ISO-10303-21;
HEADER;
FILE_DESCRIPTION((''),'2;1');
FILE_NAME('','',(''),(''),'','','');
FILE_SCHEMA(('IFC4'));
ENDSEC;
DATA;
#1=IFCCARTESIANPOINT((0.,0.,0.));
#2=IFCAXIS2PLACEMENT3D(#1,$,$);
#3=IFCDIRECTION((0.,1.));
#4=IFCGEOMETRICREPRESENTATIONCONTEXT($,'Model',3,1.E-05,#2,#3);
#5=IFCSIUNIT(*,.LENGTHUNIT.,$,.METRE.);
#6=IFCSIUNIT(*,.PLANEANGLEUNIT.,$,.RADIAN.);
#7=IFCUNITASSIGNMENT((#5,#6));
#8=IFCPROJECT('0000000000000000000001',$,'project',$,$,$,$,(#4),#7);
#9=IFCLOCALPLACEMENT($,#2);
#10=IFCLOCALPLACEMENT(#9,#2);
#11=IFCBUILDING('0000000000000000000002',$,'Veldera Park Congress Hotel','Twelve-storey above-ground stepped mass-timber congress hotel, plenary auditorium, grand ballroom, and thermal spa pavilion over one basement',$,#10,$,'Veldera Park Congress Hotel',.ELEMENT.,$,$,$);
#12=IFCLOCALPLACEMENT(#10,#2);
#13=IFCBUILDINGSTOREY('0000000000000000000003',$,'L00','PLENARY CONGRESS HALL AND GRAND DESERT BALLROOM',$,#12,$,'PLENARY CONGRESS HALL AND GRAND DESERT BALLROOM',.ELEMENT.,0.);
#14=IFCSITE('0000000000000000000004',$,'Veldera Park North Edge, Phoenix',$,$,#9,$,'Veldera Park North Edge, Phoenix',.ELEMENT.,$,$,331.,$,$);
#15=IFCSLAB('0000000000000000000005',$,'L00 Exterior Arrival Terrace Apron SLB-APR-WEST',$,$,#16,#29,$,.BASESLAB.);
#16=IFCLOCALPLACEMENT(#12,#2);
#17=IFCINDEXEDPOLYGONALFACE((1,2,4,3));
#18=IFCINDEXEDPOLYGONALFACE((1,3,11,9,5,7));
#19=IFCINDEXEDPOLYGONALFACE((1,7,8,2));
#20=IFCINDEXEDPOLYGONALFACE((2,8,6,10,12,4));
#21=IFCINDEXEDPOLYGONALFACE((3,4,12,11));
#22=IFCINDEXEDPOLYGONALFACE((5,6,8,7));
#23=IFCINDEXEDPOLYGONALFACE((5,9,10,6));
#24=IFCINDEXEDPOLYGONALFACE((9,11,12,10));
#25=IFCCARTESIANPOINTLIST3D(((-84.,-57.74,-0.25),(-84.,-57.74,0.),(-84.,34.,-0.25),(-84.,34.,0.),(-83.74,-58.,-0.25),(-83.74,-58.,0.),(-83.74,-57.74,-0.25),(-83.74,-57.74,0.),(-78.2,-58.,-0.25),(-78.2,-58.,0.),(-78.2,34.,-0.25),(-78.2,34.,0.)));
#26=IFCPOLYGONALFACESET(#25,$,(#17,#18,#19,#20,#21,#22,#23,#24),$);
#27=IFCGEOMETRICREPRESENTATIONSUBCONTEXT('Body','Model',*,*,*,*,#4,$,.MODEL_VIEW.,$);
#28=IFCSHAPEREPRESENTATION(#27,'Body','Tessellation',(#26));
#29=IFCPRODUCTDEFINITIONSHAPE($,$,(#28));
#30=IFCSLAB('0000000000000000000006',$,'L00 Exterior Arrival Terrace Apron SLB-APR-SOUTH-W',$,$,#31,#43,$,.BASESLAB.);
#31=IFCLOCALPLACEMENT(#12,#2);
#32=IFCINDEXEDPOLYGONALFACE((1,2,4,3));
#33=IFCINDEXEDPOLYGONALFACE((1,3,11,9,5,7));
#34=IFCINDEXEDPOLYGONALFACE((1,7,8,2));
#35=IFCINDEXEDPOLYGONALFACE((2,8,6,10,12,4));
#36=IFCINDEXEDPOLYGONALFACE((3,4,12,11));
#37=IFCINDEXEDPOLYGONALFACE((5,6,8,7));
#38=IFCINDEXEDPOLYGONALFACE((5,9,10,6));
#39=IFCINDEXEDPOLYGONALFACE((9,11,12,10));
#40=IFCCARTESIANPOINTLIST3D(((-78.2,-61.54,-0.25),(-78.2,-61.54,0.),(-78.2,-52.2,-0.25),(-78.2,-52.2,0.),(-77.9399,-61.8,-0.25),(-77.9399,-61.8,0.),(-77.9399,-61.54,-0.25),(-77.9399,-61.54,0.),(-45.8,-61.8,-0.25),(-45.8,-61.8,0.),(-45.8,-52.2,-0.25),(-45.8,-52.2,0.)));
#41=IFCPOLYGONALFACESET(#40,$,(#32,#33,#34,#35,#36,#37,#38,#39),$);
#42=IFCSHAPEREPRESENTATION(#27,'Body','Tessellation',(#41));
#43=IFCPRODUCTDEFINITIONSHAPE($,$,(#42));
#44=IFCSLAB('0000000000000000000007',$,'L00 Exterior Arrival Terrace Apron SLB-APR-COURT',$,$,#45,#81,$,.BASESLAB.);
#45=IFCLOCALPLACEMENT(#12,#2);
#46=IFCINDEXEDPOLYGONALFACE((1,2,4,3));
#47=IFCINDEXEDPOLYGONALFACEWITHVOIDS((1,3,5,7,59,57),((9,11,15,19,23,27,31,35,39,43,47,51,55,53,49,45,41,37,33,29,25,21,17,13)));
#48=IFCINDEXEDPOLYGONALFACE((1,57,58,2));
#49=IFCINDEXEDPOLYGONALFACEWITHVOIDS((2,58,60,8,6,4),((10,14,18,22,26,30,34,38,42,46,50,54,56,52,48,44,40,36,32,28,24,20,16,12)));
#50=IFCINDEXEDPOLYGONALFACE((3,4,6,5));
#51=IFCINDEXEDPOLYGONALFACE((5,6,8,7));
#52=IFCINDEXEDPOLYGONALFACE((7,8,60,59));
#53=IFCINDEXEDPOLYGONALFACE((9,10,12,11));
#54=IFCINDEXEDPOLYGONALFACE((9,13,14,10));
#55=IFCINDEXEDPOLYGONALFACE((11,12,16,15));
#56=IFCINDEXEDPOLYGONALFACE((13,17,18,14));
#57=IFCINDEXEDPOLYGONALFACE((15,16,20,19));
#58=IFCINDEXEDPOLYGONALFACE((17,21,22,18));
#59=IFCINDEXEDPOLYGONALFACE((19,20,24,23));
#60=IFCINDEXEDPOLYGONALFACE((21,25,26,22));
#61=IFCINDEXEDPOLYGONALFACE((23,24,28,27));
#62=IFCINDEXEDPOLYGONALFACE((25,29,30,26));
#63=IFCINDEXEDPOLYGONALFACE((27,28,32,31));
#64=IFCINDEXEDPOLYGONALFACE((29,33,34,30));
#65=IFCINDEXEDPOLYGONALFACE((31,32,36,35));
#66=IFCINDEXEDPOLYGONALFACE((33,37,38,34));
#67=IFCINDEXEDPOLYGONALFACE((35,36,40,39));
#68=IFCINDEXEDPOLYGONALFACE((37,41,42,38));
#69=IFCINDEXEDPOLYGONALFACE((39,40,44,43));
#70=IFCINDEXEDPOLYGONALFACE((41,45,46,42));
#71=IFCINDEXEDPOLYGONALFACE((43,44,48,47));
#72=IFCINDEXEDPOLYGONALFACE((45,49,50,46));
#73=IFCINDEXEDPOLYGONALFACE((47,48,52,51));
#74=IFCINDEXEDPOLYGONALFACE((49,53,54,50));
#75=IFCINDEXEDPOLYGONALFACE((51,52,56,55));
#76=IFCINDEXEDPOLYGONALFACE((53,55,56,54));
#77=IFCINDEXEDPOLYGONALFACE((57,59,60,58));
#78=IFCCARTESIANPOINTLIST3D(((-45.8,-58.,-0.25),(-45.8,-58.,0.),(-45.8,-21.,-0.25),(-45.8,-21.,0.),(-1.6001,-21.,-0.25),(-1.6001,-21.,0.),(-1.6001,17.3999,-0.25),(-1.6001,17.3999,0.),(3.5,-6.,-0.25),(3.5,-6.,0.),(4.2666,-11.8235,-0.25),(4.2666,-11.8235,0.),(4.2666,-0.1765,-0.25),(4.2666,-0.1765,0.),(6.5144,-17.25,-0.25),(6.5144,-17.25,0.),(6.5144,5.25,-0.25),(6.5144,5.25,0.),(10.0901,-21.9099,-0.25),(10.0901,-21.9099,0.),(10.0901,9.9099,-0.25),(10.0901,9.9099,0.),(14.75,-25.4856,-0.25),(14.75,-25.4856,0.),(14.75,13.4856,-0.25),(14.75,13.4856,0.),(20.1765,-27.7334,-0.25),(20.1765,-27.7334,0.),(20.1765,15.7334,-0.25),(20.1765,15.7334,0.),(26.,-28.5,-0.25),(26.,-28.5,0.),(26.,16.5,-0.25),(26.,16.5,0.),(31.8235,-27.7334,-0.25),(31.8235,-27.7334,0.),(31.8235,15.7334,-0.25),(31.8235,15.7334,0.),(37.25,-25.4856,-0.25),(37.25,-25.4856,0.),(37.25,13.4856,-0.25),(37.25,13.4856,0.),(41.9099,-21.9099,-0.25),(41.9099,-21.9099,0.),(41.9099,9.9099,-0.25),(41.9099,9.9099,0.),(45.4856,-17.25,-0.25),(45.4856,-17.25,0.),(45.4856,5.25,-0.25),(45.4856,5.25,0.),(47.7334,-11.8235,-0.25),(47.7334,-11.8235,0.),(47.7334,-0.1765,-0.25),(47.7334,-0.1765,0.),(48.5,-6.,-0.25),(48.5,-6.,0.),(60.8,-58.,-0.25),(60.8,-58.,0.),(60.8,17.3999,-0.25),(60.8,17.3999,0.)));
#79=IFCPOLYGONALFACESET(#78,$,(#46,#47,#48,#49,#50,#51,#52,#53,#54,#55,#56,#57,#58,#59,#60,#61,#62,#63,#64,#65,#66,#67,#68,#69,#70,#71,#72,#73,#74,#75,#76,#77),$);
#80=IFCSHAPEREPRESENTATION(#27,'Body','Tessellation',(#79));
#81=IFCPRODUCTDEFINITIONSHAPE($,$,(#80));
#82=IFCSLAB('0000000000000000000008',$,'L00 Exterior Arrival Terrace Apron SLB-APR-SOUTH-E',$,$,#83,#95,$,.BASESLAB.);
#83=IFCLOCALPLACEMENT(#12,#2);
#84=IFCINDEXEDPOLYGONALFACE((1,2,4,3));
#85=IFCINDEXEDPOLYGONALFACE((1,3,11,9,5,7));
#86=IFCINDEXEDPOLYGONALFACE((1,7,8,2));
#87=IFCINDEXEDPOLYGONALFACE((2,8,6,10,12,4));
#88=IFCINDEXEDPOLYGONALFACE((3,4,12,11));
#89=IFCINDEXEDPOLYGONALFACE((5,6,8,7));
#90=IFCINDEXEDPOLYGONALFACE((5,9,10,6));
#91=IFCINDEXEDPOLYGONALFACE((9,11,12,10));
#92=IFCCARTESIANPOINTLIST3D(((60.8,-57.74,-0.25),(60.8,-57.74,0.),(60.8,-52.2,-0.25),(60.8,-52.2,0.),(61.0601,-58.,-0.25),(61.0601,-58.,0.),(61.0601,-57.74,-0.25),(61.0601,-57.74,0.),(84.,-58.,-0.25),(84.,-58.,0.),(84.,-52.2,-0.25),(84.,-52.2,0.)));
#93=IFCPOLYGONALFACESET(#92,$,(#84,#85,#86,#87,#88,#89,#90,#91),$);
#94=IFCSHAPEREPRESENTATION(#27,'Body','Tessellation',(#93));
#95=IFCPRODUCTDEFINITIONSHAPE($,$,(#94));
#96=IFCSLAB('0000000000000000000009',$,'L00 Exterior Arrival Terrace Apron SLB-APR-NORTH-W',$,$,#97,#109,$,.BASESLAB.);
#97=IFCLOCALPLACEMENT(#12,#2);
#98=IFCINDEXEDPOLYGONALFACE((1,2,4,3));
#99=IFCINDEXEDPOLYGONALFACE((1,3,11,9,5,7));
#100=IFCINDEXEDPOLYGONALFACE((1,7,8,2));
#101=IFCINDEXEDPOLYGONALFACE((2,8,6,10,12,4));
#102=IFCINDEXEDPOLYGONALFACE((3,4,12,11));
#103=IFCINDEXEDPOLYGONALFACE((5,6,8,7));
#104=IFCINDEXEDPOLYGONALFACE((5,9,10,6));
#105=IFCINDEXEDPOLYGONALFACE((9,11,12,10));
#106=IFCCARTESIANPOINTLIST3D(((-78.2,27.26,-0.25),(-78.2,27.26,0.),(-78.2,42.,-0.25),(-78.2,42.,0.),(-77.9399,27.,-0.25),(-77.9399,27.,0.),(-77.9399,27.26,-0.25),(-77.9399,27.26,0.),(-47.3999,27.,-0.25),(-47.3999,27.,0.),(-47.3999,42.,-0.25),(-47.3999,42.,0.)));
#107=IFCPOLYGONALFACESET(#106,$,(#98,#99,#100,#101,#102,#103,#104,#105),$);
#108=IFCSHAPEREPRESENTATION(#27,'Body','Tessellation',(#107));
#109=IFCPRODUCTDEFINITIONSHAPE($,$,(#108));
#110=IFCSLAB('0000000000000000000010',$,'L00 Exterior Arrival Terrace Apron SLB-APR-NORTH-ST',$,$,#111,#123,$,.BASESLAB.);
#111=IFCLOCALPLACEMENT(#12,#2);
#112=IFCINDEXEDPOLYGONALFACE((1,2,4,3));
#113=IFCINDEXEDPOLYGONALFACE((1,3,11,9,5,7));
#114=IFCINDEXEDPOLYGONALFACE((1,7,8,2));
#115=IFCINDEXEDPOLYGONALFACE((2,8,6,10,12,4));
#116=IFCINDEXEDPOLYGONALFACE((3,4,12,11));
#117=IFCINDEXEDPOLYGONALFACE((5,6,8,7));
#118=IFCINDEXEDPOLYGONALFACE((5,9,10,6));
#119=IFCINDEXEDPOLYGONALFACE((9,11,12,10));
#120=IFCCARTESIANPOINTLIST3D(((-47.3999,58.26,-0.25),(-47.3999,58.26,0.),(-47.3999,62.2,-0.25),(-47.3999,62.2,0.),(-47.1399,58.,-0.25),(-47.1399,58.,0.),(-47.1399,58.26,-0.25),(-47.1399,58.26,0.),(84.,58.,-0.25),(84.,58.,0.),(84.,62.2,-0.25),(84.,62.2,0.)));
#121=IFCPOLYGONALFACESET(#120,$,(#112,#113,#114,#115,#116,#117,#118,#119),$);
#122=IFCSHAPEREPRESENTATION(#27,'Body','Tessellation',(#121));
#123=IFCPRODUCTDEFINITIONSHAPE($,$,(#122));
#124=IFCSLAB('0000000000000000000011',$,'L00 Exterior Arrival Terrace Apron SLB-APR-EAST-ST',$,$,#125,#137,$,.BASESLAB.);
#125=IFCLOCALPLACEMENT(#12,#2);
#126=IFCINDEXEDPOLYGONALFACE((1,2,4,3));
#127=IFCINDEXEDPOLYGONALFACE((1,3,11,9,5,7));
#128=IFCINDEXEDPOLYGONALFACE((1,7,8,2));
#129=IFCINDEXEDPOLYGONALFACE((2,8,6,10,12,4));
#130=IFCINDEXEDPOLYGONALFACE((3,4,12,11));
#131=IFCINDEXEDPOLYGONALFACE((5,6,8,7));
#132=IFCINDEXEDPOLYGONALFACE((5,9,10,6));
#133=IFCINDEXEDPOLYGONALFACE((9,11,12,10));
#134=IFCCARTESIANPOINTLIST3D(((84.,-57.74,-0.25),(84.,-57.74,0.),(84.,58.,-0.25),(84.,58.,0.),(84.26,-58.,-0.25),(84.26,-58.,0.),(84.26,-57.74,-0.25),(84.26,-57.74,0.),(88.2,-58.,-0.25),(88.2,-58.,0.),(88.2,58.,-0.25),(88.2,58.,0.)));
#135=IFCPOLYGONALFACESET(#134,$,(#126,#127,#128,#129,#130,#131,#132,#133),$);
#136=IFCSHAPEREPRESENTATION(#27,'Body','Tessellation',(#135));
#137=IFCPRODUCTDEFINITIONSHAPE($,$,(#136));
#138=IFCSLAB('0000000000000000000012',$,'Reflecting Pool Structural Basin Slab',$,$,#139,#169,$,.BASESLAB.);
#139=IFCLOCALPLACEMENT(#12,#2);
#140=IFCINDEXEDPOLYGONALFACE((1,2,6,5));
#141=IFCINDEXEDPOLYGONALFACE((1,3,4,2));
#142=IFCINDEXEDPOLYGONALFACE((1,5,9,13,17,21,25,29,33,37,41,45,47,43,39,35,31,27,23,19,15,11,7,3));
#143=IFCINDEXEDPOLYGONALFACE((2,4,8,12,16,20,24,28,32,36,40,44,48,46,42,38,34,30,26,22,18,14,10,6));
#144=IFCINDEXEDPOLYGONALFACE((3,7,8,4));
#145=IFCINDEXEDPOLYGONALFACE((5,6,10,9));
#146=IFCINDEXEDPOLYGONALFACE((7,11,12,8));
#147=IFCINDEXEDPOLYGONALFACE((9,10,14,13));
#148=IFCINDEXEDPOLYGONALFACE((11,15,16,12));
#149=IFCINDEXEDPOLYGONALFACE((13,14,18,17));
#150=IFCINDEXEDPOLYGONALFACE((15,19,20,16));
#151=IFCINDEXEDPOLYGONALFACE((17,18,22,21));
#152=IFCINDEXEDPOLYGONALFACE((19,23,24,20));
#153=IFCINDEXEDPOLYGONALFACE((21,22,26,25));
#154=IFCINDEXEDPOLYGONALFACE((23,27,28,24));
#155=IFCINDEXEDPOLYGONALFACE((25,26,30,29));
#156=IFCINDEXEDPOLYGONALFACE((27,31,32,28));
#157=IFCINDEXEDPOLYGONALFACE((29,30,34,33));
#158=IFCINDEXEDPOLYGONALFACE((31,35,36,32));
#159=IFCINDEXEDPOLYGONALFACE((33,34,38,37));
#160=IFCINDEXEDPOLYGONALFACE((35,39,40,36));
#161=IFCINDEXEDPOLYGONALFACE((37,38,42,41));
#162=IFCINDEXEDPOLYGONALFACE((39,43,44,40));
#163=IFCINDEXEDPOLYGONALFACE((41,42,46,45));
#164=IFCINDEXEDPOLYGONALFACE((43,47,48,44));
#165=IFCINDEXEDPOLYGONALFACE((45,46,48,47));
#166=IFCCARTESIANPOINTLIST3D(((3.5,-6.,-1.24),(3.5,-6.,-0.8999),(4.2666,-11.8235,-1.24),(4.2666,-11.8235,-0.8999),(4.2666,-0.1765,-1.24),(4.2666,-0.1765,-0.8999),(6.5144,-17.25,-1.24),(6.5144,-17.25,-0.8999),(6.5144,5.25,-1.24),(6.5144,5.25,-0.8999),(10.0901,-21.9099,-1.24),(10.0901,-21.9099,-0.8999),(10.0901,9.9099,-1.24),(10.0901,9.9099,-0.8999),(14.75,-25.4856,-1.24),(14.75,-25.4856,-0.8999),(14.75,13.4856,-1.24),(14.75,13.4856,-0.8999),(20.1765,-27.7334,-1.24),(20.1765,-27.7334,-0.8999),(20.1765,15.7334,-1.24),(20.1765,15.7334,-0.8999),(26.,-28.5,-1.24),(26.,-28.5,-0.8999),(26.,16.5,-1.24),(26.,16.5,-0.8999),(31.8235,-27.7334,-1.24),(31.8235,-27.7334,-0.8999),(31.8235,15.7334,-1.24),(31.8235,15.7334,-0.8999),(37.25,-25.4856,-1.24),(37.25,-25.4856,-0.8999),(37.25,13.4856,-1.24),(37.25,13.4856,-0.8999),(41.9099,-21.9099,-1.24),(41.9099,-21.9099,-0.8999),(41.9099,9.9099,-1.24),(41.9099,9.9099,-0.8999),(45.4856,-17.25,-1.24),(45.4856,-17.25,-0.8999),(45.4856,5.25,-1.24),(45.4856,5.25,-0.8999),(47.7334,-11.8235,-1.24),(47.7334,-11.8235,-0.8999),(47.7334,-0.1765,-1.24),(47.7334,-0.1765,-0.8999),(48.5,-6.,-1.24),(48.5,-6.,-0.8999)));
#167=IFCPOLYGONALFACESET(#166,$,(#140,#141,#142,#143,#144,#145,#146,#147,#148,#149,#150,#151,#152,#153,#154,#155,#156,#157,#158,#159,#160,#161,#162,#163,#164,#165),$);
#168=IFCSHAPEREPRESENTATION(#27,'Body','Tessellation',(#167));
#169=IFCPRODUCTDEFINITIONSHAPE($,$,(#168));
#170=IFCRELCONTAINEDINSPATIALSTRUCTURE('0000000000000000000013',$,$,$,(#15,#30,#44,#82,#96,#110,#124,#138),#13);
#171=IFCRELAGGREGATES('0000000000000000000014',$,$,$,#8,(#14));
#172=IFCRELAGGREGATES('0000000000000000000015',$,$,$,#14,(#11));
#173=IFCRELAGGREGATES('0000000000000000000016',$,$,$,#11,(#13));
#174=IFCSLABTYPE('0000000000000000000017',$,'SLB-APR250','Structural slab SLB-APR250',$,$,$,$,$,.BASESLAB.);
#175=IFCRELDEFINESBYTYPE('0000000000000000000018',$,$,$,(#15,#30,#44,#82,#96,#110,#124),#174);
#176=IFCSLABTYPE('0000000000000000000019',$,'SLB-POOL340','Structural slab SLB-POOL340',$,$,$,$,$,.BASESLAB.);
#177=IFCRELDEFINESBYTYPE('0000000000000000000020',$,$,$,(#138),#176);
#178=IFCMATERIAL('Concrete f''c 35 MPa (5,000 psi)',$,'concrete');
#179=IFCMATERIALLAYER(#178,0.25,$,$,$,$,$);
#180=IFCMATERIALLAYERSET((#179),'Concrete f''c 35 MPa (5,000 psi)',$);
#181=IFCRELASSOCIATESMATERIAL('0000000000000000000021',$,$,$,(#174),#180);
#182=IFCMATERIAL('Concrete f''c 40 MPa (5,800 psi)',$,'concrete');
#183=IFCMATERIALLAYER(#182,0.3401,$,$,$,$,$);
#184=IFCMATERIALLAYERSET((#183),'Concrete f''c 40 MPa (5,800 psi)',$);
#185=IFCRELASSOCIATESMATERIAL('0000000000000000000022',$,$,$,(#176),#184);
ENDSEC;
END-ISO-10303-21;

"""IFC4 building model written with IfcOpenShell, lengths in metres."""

from ifc_helpers import new_model, si_unit, direction, frame, origin, place, context, subcontext, project, spatial, polyline, outline, extrude, material, layer, layer_set, type_object, element, save


model = new_model("IFC4")

# Units and contexts
model_context = context("Model", 3, precision=1e-05, world=origin(), true_north=direction((0.0, 1.0)))
body_context = subcontext(model_context, "Body", "Model", "MODEL_VIEW")
ifc_project = project(units=[si_unit("LENGTHUNIT", "METRE"), si_unit("PLANEANGLEUNIT", "RADIAN")], contexts=[model_context])

# Site, building, storey
site_placement = place(None, origin())
site = spatial("IfcSite", under=ifc_project, at=site_placement, Name="Veldera Park North Edge, Phoenix", LongName="Veldera Park North Edge, Phoenix", CompositionType="ELEMENT", RefElevation=331.0)
building_placement = place(site_placement, origin())
building = spatial("IfcBuilding", under=site, at=building_placement, Name="Veldera Park Congress Hotel", Description="Twelve-storey above-ground stepped mass-timber congress hotel, plenary auditorium, grand ballroom, and thermal spa pavilion over one basement", LongName="Veldera Park Congress Hotel", CompositionType="ELEMENT")
storey_placement = place(building_placement, origin())
storey = spatial("IfcBuildingStorey", under=building, at=storey_placement, Name="L00", Description="PLENARY CONGRESS HALL AND GRAND DESERT BALLROOM", LongName="PLENARY CONGRESS HALL AND GRAND DESERT BALLROOM", CompositionType="ELEMENT", Elevation=0.0)

# Shared definitions
ifc_material_1 = material(Name="Concrete f'c 40 MPa (5,800 psi)", Category="concrete")

# Slabs
ifc_material_2 = material(Name="Concrete f'c 35 MPa (5,000 psi)", Category="concrete")
ifc_layer_1 = layer(ifc_material_2, 0.25)
ifc_layer_set_1 = layer_set([ifc_layer_1], Name="Concrete f'c 35 MPa (5,000 psi)")
slab_type_1 = type_object("IfcSlabType", Name="SLB-APR250", Description="Structural slab SLB-APR250", PredefinedType="BASESLAB", material=ifc_layer_set_1)
slab_1_placement = place(storey_placement, frame((0.0, 0.0, -0.25)))
element("IfcSlab", 1, at=slab_1_placement, inside=storey, type_object=slab_type_1, Name="L00 Exterior Arrival Terrace Apron SLB-APR-WEST", PredefinedType="BASESLAB", context=body_context, shape_type="SweptSolid", body=[
    extrude(outline(polyline([(-84.0, -57.74), (-83.74, -57.74), (-83.74, -58.0), (-78.2, -58.0), (-78.2, 34.0), (-84.0, 34.0), (-84.0, -57.74)])), origin(), (0.0, 0.0, 1.0), 0.25),
])
slab_2_placement = place(storey_placement, frame((0.0, 0.0, -0.25)))
element("IfcSlab", 2, at=slab_2_placement, inside=storey, type_object=slab_type_1, Name="L00 Exterior Arrival Terrace Apron SLB-APR-SOUTH-W", PredefinedType="BASESLAB", context=body_context, shape_type="SweptSolid", body=[
    extrude(outline(polyline([(-78.2, -61.54), (-77.9399, -61.54), (-77.9399, -61.8), (-45.8, -61.8), (-45.8, -52.2), (-78.2, -52.2), (-78.2, -61.54)])), origin(), (0.0, 0.0, 1.0), 0.25),
])
slab_3_placement = place(storey_placement, frame((0.0, 0.0, -0.25)))
element("IfcSlab", 3, at=slab_3_placement, inside=storey, type_object=slab_type_1, Name="L00 Exterior Arrival Terrace Apron SLB-APR-COURT", PredefinedType="BASESLAB", context=body_context, shape_type="SweptSolid", body=[
    extrude(outline(polyline([(-45.8, -58.0), (60.8, -58.0), (60.8, 17.3999), (-1.6001, 17.3999), (-1.6001, -21.0), (-45.8, -21.0), (-45.8, -58.0)]), holes=[polyline([(48.5, -6.0), (47.7334, -0.1765), (45.4856, 5.25), (41.9099, 9.9099), (37.25, 13.4856), (31.8235, 15.7334), (26.0, 16.5), (20.1765, 15.7334), (14.75, 13.4856), (10.0901, 9.9099), (6.5144, 5.25), (4.2666, -0.1765), (3.5, -6.0), (4.2666, -11.8235), (6.5144, -17.25), (10.0901, -21.9099), (14.75, -25.4856), (20.1765, -27.7334), (26.0, -28.5), (31.8235, -27.7334), (37.25, -25.4856), (41.9099, -21.9099), (45.4856, -17.25), (47.7334, -11.8235), (48.5, -6.0)])]), origin(), (0.0, 0.0, 1.0), 0.25),
])
slab_4_placement = place(storey_placement, frame((0.0, 0.0, -0.25)))
element("IfcSlab", 4, at=slab_4_placement, inside=storey, type_object=slab_type_1, Name="L00 Exterior Arrival Terrace Apron SLB-APR-SOUTH-E", PredefinedType="BASESLAB", context=body_context, shape_type="SweptSolid", body=[
    extrude(outline(polyline([(60.8, -57.74), (61.0601, -57.74), (61.0601, -58.0), (84.0, -58.0), (84.0, -52.2), (60.8, -52.2), (60.8, -57.74)])), origin(), (0.0, 0.0, 1.0), 0.25),
])
slab_5_placement = place(storey_placement, frame((0.0, 0.0, -0.25)))
element("IfcSlab", 5, at=slab_5_placement, inside=storey, type_object=slab_type_1, Name="L00 Exterior Arrival Terrace Apron SLB-APR-NORTH-W", PredefinedType="BASESLAB", context=body_context, shape_type="SweptSolid", body=[
    extrude(outline(polyline([(-78.2, 27.26), (-77.9399, 27.26), (-77.9399, 27.0), (-47.3999, 27.0), (-47.3999, 42.0), (-78.2, 42.0), (-78.2, 27.26)])), origin(), (0.0, 0.0, 1.0), 0.25),
])
slab_6_placement = place(storey_placement, frame((0.0, 0.0, -0.25)))
element("IfcSlab", 6, at=slab_6_placement, inside=storey, type_object=slab_type_1, Name="L00 Exterior Arrival Terrace Apron SLB-APR-NORTH-ST", PredefinedType="BASESLAB", context=body_context, shape_type="SweptSolid", body=[
    extrude(outline(polyline([(-47.3999, 58.26), (-47.1399, 58.26), (-47.1399, 58.0), (84.0, 58.0), (84.0, 62.2), (-47.3999, 62.2), (-47.3999, 58.26)])), origin(), (0.0, 0.0, 1.0), 0.25),
])
slab_7_placement = place(storey_placement, frame((0.0, 0.0, -0.25)))
element("IfcSlab", 7, at=slab_7_placement, inside=storey, type_object=slab_type_1, Name="L00 Exterior Arrival Terrace Apron SLB-APR-EAST-ST", PredefinedType="BASESLAB", context=body_context, shape_type="SweptSolid", body=[
    extrude(outline(polyline([(84.0, -57.74), (84.26, -57.74), (84.26, -58.0), (88.2, -58.0), (88.2, 58.0), (84.0, 58.0), (84.0, -57.74)])), origin(), (0.0, 0.0, 1.0), 0.25),
])
ifc_layer_2 = layer(ifc_material_1, 0.3401)
ifc_layer_set_2 = layer_set([ifc_layer_2], Name="Concrete f'c 40 MPa (5,800 psi)")
slab_type_2 = type_object("IfcSlabType", Name="SLB-POOL340", Description="Structural slab SLB-POOL340", PredefinedType="BASESLAB", material=ifc_layer_set_2)
slab_8_placement = place(storey_placement, frame((0.0, 0.0, -1.24)))
element("IfcSlab", 8, at=slab_8_placement, inside=storey, type_object=slab_type_2, Name="Reflecting Pool Structural Basin Slab", PredefinedType="BASESLAB", context=body_context, shape_type="SweptSolid", body=[
    extrude(outline(polyline([(48.5, -6.0), (47.7334, -0.1765), (45.4856, 5.25), (41.9099, 9.9099), (37.25, 13.4856), (31.8235, 15.7334), (26.0, 16.5), (20.1765, 15.7334), (14.75, 13.4856), (10.0901, 9.9099), (6.5144, 5.25), (4.2666, -0.1765), (3.5, -6.0), (4.2666, -11.8235), (6.5144, -17.25), (10.0901, -21.9099), (14.75, -25.4856), (20.1765, -27.7334), (26.0, -28.5), (31.8235, -27.7334), (37.25, -25.4856), (41.9099, -21.9099), (45.4856, -17.25), (47.7334, -11.8235), (48.5, -6.0)])), origin(), (0.0, 0.0, 1.0), 0.3401),
])

save(model, "model.ifc")
